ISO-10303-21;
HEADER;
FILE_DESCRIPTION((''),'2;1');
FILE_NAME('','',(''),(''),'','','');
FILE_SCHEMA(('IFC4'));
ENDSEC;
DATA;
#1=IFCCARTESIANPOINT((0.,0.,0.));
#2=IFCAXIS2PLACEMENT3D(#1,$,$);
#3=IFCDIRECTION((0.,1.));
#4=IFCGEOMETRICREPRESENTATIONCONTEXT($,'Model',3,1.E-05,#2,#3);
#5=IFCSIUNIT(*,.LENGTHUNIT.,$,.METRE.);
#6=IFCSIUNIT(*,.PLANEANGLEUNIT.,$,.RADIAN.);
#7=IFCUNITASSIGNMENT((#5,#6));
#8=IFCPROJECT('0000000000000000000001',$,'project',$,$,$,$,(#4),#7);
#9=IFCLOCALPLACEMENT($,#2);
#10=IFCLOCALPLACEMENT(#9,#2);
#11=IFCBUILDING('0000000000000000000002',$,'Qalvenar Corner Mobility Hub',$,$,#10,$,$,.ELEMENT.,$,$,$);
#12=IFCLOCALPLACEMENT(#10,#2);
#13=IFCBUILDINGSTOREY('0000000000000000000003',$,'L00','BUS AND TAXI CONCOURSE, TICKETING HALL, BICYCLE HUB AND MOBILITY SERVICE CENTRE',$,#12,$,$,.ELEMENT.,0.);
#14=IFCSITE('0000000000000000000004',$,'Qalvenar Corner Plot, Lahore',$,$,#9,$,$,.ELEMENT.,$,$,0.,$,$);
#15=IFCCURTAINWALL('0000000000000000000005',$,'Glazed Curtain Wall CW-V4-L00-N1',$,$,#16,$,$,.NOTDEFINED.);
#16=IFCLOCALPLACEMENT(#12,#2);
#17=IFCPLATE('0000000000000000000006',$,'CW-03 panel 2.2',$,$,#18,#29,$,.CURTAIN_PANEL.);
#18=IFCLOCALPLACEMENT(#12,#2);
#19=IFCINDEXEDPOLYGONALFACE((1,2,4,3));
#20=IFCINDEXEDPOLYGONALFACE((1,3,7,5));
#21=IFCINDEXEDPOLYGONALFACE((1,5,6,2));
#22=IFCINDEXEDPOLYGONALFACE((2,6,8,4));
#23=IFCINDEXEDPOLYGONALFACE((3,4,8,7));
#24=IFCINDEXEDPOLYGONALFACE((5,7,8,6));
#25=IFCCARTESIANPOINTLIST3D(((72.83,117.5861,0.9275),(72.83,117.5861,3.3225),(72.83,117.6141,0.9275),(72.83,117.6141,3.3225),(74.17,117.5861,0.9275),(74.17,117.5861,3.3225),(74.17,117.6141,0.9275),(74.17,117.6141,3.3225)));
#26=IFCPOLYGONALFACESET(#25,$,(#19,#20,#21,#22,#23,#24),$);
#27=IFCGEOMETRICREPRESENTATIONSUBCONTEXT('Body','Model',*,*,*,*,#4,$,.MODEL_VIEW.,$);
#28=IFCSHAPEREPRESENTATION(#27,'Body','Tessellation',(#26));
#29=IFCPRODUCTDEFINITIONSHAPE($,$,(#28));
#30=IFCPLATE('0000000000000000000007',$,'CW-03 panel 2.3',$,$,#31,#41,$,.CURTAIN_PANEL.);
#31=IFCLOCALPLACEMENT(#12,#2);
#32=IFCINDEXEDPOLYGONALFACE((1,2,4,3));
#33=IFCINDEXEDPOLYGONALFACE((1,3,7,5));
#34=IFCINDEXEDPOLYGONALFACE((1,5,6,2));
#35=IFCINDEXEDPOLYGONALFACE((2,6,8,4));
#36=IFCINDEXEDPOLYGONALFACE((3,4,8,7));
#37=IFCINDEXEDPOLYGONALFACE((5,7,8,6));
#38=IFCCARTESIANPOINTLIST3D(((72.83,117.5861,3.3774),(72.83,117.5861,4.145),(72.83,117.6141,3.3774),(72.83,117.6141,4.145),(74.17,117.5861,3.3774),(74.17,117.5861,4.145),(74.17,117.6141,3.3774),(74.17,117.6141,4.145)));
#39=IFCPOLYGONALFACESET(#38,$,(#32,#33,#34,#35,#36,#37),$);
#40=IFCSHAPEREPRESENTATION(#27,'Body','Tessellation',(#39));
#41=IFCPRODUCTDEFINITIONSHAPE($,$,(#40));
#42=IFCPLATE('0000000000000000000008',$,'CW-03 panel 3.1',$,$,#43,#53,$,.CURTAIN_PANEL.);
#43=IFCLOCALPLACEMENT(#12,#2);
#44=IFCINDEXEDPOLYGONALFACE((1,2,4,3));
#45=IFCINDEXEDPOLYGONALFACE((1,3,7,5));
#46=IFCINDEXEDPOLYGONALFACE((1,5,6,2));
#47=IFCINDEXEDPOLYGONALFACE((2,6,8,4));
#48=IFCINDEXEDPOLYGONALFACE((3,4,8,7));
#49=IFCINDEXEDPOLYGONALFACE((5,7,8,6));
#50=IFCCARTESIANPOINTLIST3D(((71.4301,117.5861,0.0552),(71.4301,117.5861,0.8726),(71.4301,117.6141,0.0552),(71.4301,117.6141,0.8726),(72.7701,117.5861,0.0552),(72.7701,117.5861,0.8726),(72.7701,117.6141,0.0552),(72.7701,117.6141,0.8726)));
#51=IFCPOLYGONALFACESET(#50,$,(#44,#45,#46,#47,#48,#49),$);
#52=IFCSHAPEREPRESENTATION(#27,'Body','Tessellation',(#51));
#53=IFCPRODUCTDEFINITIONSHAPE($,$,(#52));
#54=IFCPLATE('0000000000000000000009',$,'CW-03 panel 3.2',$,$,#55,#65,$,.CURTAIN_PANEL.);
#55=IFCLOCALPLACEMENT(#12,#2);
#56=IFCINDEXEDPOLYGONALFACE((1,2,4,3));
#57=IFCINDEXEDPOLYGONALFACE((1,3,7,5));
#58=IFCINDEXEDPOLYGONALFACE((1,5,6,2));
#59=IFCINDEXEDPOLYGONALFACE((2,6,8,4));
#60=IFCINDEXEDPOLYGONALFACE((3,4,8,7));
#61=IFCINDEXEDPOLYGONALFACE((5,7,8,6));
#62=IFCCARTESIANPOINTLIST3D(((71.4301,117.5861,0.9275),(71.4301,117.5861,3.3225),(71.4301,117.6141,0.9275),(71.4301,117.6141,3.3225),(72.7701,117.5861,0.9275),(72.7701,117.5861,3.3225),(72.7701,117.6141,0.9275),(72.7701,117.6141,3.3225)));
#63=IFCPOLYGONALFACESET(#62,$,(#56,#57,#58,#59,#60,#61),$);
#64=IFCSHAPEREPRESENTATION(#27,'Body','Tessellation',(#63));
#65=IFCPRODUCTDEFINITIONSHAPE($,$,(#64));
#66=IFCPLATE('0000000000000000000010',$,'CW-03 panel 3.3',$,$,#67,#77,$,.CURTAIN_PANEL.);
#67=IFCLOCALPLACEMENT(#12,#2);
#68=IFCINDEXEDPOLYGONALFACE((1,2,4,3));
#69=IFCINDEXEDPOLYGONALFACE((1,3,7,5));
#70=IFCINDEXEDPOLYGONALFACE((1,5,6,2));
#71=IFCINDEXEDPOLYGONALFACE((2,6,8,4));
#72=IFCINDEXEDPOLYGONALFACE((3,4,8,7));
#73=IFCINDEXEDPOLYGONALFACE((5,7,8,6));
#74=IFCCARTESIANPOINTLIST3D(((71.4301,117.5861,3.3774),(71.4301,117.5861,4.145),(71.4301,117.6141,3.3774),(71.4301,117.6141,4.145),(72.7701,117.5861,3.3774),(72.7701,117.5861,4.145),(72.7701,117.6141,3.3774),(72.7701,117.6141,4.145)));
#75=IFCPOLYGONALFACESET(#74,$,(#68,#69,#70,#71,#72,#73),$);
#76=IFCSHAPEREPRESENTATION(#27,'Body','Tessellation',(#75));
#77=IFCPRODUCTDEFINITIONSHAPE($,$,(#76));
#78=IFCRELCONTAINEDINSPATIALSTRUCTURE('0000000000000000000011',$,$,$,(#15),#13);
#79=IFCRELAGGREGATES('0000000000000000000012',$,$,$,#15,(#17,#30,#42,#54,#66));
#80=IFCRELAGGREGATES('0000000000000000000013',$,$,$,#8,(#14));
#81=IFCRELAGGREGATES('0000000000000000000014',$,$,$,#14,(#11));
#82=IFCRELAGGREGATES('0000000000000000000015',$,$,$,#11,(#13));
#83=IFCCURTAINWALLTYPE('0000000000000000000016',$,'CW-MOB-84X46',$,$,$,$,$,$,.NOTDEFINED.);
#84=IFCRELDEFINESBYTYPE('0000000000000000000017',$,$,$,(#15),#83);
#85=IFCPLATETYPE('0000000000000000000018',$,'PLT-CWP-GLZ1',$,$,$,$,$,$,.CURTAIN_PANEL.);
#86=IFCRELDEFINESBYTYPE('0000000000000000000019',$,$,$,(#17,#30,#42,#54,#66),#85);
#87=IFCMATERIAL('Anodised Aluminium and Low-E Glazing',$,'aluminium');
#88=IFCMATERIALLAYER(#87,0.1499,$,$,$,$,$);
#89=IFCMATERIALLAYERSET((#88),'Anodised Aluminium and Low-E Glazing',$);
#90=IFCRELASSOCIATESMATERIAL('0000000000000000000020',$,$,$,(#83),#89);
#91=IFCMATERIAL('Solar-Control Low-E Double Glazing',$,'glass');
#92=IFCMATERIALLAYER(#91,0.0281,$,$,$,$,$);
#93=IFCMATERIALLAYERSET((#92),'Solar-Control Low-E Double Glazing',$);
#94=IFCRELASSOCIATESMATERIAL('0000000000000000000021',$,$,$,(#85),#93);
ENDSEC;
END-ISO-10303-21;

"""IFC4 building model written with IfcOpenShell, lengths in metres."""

from ifc_helpers import new_model, si_unit, direction, frame, origin, origin_2d, place, context, subcontext, project, spatial, rectangle, extrude, material, layer, layer_set, type_object, element, aggregate, save


model = new_model("IFC4")

# Units and contexts
model_context = context("Model", 3, precision=1e-05, world=origin(), true_north=direction((0.0, 1.0)))
body_context = subcontext(model_context, "Body", "Model", "MODEL_VIEW")
ifc_project = project(units=[si_unit("LENGTHUNIT", "METRE"), si_unit("PLANEANGLEUNIT", "RADIAN")], contexts=[model_context])

# Site, building, storey
site_placement = place(None, origin())
site = spatial("IfcSite", under=ifc_project, at=site_placement, Name="Qalvenar Corner Plot, Lahore", CompositionType="ELEMENT", RefElevation=0.0)
building_placement = place(site_placement, origin())
building = spatial("IfcBuilding", under=site, at=building_placement, Name="Qalvenar Corner Mobility Hub", CompositionType="ELEMENT")
storey_placement = place(building_placement, origin())
storey = spatial("IfcBuildingStorey", under=building, at=storey_placement, Name="L00", Description="BUS AND TAXI CONCOURSE, TICKETING HALL, BICYCLE HUB AND MOBILITY SERVICE CENTRE", CompositionType="ELEMENT", Elevation=0.0)

# Curtain wall, plates
ifc_material_1 = material(Name="Anodised Aluminium and Low-E Glazing", Category="aluminium")
ifc_layer_1 = layer(ifc_material_1, 0.1499)
ifc_layer_set_1 = layer_set([ifc_layer_1], Name="Anodised Aluminium and Low-E Glazing")
curtain_wall_type = type_object("IfcCurtainWallType", Name="CW-MOB-84X46", PredefinedType="NOTDEFINED", material=ifc_layer_set_1)
curtain_wall_placement = place(storey_placement, origin())
curtain_wall = element("IfcCurtainWall", 1, at=curtain_wall_placement, inside=storey, type_object=curtain_wall_type, Name="Glazed Curtain Wall CW-V4-L00-N1", PredefinedType="NOTDEFINED")
ifc_material_2 = material(Name="Solar-Control Low-E Double Glazing", Category="glass")
ifc_layer_2 = layer(ifc_material_2, 0.0281)
ifc_layer_set_2 = layer_set([ifc_layer_2], Name="Solar-Control Low-E Double Glazing")
plate_type = type_object("IfcPlateType", Name="PLT-CWP-GLZ1", PredefinedType="CURTAIN_PANEL", material=ifc_layer_set_2)
plate_1_placement = place(storey_placement, frame((73.5, 117.6001, 0.9275), z_axis=(0.0, 0.0, 1.0), x_axis=(-1.0, 0.0, 0.0)))
plate_1 = element("IfcPlate", 2, at=plate_1_placement, type_object=plate_type, Name="CW-03 panel 2.2", PredefinedType="CURTAIN_PANEL", context=body_context, shape_type="SweptSolid", body=[
    extrude(rectangle(XDim=1.3401, YDim=0.0281, at=origin_2d()), origin(), (0.0, 0.0, 1.0), 2.395),
])
plate_2_placement = place(storey_placement, frame((73.5, 117.6001, 3.3774), z_axis=(0.0, 0.0, 1.0), x_axis=(-1.0, 0.0, 0.0)))
plate_2 = element("IfcPlate", 3, at=plate_2_placement, type_object=plate_type, Name="CW-03 panel 2.3", PredefinedType="CURTAIN_PANEL", context=body_context, shape_type="SweptSolid", body=[
    extrude(rectangle(XDim=1.3401, YDim=0.0281, at=origin_2d()), origin(), (0.0, 0.0, 1.0), 0.7676),
])
plate_3_placement = place(storey_placement, frame((72.1001, 117.6001, 0.0552), z_axis=(0.0, 0.0, 1.0), x_axis=(-1.0, 0.0, 0.0)))
plate_3 = element("IfcPlate", 4, at=plate_3_placement, type_object=plate_type, Name="CW-03 panel 3.1", PredefinedType="CURTAIN_PANEL", context=body_context, shape_type="SweptSolid", body=[
    extrude(rectangle(XDim=1.3401, YDim=0.0281, at=origin_2d()), origin(), (0.0, 0.0, 1.0), 0.8174),
])
plate_4_placement = place(storey_placement, frame((72.1001, 117.6001, 0.9275), z_axis=(0.0, 0.0, 1.0), x_axis=(-1.0, 0.0, 0.0)))
plate_4 = element("IfcPlate", 5, at=plate_4_placement, type_object=plate_type, Name="CW-03 panel 3.2", PredefinedType="CURTAIN_PANEL", context=body_context, shape_type="SweptSolid", body=[
    extrude(rectangle(XDim=1.3401, YDim=0.0281, at=origin_2d()), origin(), (0.0, 0.0, 1.0), 2.395),
])
plate_5_placement = place(storey_placement, frame((72.1001, 117.6001, 3.3774), z_axis=(0.0, 0.0, 1.0), x_axis=(-1.0, 0.0, 0.0)))
plate_5 = element("IfcPlate", 6, at=plate_5_placement, type_object=plate_type, Name="CW-03 panel 3.3", PredefinedType="CURTAIN_PANEL", context=body_context, shape_type="SweptSolid", body=[
    extrude(rectangle(XDim=1.3401, YDim=0.0281, at=origin_2d()), origin(), (0.0, 0.0, 1.0), 0.7676),
])
aggregate(curtain_wall, [plate_1, plate_2, plate_3, plate_4, plate_5])

save(model, "model.ifc")
